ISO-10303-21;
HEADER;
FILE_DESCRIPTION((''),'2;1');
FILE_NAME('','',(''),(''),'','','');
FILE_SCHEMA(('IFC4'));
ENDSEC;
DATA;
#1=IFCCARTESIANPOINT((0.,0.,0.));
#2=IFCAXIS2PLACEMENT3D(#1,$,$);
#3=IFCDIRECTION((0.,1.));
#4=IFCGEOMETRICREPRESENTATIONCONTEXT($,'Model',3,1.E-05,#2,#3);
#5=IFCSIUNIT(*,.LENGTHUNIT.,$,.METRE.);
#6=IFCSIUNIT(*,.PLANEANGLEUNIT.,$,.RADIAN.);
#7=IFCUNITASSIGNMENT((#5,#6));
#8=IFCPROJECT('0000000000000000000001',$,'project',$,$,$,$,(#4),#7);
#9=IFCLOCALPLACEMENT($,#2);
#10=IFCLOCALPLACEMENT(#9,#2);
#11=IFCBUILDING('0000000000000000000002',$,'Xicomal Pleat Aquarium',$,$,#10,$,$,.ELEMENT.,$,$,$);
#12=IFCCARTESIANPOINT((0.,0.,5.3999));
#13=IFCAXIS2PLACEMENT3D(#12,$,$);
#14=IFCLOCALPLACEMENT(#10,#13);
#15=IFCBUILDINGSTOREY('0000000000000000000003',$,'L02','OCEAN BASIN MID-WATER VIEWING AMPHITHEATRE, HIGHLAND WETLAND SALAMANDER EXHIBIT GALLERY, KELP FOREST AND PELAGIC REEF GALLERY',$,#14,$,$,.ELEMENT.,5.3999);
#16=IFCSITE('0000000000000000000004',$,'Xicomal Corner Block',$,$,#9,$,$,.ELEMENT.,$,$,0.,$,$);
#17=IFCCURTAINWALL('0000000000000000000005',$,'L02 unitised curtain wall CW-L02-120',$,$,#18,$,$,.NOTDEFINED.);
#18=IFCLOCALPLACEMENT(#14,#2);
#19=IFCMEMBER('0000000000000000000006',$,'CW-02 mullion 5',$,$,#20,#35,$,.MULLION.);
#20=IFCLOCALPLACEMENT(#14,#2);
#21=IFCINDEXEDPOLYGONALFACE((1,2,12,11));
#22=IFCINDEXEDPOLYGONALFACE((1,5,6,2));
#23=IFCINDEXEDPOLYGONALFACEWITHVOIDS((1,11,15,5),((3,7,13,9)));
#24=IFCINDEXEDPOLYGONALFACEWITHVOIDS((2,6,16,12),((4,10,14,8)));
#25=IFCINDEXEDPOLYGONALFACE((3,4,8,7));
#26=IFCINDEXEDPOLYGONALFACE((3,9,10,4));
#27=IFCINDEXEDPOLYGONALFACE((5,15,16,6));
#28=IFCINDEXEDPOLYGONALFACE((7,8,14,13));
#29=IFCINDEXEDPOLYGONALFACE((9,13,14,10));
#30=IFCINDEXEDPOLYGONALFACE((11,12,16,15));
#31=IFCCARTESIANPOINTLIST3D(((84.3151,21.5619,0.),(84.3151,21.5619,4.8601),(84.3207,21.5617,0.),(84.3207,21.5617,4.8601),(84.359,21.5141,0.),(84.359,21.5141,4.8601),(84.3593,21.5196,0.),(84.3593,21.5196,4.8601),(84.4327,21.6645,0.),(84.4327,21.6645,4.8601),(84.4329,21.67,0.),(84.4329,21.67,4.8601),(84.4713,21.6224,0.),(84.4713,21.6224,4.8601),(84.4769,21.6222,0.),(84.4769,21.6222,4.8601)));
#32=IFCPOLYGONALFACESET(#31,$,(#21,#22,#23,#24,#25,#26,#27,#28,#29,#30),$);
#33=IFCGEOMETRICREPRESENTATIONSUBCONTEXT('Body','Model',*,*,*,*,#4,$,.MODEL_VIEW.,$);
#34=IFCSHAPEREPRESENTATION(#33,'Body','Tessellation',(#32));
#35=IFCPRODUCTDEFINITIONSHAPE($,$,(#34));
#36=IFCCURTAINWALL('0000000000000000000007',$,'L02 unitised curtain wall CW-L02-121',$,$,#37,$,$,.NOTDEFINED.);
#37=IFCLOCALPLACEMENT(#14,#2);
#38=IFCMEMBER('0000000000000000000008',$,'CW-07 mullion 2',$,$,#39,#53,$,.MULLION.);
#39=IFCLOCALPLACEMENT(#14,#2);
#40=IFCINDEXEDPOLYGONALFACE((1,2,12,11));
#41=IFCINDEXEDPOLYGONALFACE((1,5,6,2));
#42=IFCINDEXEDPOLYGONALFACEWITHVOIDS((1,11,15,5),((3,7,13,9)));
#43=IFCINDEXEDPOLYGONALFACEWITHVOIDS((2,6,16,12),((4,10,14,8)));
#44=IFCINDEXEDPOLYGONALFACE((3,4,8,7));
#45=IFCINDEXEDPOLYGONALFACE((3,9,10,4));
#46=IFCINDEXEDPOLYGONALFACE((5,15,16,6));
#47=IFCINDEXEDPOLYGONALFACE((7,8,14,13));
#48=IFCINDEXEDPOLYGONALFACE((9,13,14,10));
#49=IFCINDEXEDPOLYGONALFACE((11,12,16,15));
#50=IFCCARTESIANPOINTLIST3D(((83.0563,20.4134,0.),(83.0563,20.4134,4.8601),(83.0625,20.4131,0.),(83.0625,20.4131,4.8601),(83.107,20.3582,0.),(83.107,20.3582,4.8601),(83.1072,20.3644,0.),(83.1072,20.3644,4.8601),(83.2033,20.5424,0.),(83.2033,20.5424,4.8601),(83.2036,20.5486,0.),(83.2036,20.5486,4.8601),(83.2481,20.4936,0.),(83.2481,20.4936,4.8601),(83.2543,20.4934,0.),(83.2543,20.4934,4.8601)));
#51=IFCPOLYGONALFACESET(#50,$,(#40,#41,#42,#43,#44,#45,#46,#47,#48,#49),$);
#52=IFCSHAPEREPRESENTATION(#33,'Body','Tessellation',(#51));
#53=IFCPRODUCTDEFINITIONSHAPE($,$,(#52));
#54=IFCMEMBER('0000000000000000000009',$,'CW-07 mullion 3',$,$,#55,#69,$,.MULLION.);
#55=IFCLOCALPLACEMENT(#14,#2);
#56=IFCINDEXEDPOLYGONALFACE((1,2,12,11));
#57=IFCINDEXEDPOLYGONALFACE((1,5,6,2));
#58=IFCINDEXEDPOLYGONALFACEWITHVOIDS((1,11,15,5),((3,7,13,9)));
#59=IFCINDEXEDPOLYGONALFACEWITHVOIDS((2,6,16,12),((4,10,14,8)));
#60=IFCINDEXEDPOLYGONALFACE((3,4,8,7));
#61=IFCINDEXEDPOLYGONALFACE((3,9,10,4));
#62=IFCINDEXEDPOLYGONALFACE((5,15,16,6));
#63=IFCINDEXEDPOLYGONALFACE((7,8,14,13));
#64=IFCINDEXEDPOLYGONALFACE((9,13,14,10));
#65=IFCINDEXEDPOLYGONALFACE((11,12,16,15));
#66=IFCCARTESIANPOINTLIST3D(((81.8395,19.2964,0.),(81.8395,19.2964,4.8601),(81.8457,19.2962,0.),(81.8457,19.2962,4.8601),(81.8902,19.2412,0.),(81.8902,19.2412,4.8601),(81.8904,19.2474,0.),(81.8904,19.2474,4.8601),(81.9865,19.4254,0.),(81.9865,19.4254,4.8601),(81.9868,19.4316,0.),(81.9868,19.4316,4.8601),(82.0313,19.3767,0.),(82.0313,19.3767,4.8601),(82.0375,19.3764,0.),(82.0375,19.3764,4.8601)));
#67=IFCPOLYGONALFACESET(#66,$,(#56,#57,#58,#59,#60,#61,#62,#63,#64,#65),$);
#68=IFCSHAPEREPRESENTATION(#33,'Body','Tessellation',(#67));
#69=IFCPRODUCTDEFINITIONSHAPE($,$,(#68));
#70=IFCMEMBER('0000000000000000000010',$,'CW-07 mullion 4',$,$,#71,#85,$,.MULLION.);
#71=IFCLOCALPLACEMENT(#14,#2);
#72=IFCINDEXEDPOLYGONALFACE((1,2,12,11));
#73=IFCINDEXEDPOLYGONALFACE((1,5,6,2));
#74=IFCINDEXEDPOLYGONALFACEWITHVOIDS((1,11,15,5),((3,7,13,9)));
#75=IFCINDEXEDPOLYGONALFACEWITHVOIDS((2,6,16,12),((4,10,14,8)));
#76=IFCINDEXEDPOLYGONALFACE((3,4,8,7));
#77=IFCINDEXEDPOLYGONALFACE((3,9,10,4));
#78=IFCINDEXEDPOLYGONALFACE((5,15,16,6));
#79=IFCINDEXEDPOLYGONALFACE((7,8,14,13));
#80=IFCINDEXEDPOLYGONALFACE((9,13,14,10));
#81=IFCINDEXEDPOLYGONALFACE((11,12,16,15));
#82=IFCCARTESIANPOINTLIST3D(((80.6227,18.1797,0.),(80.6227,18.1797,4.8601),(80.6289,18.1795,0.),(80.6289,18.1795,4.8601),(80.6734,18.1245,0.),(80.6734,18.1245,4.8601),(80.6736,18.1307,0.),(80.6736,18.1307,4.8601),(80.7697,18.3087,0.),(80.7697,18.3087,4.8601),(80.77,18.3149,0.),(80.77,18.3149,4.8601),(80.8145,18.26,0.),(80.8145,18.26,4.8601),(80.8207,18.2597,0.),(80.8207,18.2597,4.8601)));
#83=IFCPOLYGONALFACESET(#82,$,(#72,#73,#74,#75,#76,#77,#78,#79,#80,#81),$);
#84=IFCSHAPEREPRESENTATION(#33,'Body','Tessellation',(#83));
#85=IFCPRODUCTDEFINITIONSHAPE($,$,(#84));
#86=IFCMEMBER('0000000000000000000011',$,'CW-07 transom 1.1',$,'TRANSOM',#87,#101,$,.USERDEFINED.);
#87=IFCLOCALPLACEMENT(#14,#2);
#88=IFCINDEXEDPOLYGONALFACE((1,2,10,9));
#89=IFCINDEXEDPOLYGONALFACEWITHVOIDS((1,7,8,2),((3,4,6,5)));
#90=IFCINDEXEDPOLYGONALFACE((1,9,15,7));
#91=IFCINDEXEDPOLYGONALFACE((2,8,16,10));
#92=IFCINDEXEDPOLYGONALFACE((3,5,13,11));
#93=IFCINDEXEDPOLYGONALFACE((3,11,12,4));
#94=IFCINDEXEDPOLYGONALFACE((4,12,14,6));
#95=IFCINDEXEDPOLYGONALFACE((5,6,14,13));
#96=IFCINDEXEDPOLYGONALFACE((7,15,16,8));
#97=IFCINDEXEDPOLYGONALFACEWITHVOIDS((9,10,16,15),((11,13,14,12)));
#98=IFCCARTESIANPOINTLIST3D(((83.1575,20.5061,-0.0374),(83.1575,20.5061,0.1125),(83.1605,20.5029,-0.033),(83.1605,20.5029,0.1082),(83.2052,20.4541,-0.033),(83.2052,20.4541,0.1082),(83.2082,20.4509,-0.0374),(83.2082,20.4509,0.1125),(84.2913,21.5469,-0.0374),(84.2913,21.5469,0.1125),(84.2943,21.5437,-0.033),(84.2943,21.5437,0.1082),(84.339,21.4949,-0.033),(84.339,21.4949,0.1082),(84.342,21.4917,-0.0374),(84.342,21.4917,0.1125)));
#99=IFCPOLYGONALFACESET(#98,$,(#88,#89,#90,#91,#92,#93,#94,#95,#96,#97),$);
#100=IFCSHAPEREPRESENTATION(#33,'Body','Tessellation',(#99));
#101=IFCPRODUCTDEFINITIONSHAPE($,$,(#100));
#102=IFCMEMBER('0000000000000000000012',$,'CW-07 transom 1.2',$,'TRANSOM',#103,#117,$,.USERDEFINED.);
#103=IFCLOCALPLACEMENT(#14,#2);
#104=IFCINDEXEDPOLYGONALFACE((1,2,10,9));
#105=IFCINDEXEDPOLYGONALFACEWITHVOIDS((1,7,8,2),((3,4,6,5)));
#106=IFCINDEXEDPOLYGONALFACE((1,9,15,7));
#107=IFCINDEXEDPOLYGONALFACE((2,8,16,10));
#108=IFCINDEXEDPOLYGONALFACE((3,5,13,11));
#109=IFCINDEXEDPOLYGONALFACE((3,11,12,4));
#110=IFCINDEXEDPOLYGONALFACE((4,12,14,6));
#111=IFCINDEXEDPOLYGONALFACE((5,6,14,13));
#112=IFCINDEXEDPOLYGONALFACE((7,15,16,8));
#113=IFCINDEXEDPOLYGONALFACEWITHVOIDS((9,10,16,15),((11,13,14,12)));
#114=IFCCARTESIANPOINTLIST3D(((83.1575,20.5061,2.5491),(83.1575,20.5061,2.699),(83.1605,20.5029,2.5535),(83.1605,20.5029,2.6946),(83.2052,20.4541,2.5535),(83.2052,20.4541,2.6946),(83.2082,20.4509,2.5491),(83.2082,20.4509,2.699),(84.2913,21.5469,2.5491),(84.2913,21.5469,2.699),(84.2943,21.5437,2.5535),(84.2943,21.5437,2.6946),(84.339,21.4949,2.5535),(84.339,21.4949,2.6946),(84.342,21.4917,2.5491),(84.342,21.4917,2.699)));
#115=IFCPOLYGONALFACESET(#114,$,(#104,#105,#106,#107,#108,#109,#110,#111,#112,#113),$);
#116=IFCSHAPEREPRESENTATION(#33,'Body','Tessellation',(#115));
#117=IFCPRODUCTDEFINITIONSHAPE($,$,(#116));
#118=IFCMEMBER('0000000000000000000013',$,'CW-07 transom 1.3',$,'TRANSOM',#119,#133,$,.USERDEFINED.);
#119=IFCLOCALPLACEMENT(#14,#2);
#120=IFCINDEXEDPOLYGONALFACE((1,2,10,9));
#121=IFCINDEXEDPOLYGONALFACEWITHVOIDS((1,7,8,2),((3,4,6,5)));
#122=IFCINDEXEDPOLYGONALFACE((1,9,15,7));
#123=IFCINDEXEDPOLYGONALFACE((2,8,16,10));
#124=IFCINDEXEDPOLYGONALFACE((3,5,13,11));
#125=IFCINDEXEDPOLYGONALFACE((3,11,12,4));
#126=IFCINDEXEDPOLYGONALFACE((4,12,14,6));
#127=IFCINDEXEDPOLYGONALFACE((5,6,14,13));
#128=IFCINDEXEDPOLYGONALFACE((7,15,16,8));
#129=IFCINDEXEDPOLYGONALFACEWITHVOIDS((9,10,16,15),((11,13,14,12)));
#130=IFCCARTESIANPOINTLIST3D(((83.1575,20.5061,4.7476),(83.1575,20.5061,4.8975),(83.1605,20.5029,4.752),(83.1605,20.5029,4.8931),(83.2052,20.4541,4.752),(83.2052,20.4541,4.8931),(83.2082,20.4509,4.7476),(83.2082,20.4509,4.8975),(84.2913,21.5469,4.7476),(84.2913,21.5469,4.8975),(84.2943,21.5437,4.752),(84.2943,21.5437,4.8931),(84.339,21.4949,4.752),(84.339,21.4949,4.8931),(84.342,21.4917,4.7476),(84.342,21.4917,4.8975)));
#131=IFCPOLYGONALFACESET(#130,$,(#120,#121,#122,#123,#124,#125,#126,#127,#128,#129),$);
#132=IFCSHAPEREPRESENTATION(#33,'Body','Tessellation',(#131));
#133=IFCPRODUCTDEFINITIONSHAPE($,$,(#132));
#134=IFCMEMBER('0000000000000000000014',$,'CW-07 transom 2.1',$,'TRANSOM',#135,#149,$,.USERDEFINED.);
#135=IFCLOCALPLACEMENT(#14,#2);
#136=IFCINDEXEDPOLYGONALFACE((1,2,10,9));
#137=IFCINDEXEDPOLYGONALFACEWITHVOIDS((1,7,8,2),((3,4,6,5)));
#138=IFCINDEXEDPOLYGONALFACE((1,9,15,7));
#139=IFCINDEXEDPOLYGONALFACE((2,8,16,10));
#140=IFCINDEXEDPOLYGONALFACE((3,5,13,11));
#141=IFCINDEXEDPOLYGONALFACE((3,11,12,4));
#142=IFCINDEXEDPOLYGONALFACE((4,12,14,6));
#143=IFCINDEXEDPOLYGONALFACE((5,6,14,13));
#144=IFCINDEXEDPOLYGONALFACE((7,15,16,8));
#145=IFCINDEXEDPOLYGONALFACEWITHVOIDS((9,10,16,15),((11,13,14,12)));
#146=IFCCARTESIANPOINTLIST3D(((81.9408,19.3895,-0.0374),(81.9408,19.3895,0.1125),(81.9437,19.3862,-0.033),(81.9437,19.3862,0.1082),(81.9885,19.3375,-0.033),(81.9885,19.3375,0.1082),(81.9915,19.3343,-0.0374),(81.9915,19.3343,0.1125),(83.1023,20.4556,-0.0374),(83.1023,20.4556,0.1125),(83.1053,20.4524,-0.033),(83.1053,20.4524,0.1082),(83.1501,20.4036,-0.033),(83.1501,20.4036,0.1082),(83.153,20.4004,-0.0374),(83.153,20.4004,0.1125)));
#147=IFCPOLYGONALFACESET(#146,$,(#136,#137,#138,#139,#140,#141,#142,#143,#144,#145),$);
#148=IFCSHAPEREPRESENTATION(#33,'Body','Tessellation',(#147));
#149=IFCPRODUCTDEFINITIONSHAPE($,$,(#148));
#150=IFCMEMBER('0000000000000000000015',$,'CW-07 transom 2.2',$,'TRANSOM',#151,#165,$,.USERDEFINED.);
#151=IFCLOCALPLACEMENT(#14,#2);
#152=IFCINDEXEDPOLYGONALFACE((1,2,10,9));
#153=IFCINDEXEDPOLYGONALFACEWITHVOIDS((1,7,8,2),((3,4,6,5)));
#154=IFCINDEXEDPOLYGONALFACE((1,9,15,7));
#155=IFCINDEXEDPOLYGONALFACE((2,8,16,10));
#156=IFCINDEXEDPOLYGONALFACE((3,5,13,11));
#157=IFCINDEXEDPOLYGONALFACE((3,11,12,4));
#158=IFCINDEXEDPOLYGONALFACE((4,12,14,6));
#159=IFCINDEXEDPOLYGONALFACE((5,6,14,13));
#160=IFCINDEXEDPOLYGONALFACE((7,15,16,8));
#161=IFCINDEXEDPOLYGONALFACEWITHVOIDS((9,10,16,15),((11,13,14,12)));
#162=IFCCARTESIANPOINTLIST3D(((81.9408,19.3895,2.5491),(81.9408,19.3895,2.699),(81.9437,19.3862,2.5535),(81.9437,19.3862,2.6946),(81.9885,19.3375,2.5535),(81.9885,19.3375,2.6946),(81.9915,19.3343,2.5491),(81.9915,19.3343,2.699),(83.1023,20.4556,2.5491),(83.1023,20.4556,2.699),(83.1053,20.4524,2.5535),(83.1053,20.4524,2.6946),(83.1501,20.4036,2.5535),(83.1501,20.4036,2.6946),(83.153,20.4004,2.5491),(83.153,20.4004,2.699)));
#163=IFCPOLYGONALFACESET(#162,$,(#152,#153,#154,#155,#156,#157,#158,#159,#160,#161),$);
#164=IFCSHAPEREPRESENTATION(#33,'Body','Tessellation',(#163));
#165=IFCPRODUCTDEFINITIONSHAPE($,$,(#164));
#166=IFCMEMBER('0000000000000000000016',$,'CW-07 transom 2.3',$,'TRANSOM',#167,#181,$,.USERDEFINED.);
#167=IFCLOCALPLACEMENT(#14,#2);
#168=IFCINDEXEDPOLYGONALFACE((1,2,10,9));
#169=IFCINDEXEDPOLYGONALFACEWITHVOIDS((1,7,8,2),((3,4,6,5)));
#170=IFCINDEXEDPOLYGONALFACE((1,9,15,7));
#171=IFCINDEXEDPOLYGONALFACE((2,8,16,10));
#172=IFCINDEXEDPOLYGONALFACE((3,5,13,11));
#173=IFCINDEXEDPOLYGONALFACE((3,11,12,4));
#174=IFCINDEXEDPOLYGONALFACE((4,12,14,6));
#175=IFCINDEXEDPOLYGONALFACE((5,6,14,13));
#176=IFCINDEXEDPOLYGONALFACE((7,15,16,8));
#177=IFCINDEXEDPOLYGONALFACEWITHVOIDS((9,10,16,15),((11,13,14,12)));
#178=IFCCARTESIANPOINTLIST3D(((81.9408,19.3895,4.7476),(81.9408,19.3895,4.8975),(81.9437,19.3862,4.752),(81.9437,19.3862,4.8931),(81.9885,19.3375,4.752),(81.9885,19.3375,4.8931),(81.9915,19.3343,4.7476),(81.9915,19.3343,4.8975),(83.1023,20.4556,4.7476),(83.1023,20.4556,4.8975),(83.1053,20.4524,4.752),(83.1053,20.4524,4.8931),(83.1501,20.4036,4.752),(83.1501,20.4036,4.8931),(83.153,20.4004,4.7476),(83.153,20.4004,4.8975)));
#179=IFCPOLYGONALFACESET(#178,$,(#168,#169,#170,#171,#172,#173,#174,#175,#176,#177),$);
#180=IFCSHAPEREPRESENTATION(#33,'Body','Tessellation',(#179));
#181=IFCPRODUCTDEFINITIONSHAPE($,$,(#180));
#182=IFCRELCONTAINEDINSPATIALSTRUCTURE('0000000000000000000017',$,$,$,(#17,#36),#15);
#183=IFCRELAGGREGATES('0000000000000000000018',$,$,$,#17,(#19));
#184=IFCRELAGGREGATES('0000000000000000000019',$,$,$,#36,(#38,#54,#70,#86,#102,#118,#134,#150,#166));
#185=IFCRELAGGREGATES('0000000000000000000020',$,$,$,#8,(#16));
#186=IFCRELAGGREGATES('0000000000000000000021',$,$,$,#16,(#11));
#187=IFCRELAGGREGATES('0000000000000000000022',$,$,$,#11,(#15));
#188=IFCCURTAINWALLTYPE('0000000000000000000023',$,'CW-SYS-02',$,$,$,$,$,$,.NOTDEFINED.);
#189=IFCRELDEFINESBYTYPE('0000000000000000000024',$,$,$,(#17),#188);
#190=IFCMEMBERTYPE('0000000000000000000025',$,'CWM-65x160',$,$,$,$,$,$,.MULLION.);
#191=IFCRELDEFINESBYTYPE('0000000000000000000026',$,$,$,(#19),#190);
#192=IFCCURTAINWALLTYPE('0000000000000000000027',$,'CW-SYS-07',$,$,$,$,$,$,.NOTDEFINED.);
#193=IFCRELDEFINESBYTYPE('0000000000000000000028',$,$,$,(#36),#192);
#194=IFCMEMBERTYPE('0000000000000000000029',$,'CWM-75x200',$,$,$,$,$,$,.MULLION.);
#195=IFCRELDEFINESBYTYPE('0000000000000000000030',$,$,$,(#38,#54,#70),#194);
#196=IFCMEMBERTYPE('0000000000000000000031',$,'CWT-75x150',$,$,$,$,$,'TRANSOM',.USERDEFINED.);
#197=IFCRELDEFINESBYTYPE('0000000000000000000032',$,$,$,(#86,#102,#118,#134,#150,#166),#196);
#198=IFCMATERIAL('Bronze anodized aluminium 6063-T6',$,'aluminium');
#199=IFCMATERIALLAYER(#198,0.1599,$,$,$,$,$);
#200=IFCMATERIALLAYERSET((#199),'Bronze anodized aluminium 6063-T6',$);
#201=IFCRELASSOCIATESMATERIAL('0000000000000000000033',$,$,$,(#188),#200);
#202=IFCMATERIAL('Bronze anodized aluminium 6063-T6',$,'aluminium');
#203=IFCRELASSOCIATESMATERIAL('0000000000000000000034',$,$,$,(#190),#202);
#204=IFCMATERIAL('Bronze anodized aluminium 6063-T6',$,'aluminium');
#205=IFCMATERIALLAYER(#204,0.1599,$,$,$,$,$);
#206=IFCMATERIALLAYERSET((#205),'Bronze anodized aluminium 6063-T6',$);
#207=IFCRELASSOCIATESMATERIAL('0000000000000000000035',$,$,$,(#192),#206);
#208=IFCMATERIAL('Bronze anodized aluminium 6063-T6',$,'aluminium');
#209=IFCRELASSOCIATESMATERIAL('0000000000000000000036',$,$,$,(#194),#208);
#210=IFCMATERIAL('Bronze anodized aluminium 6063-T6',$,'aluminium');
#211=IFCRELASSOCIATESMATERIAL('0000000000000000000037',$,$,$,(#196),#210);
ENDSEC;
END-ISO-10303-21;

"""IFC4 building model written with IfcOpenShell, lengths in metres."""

from ifc_helpers import new_model, si_unit, direction, frame, origin, origin_2d, place, context, subcontext, project, spatial, hollow_rectangle, extrude, material, layer, layer_set, material_profile, profile_set, type_object, element, aggregate, save


model = new_model("IFC4")

# Units and contexts
model_context = context("Model", 3, precision=1e-05, world=origin(), true_north=direction((0.0, 1.0)))
body_context = subcontext(model_context, "Body", "Model", "MODEL_VIEW")
ifc_project = project(units=[si_unit("LENGTHUNIT", "METRE"), si_unit("PLANEANGLEUNIT", "RADIAN")], contexts=[model_context])

# Site, building, storey
site_placement = place(None, origin())
site = spatial("IfcSite", under=ifc_project, at=site_placement, Name="Xicomal Corner Block", CompositionType="ELEMENT", RefElevation=0.0)
building_placement = place(site_placement, origin())
building = spatial("IfcBuilding", under=site, at=building_placement, Name="Xicomal Pleat Aquarium", CompositionType="ELEMENT")
storey_placement = place(building_placement, frame((0.0, 0.0, 5.3999)))
storey = spatial("IfcBuildingStorey", under=building, at=storey_placement, Name="L02", Description="OCEAN BASIN MID-WATER VIEWING AMPHITHEATRE, HIGHLAND WETLAND SALAMANDER EXHIBIT GALLERY, KELP FOREST AND PELAGIC REEF GALLERY", CompositionType="ELEMENT", Elevation=5.3999)

# Curtain wall, member
ifc_material_1 = material(Name="Bronze anodized aluminium 6063-T6", Category="aluminium")
ifc_layer_1 = layer(ifc_material_1, 0.1599)
ifc_layer_set_1 = layer_set([ifc_layer_1], Name="Bronze anodized aluminium 6063-T6")
curtain_wall_type_1 = type_object("IfcCurtainWallType", Name="CW-SYS-02", PredefinedType="NOTDEFINED", material=ifc_layer_set_1)
curtain_wall_1_placement = place(storey_placement, origin())
curtain_wall_1 = element("IfcCurtainWall", 1, at=curtain_wall_1_placement, inside=storey, type_object=curtain_wall_type_1, Name="L02 unitised curtain wall CW-L02-120", PredefinedType="NOTDEFINED")
ifc_material_2 = material(Name="Bronze anodized aluminium 6063-T6", Category="aluminium")
ifc_material_profile_1 = material_profile(ifc_material_2, hollow_rectangle(XDim=0.0649, YDim=0.1599, WallThickness=0.0039, at=origin_2d()), Name="ALU MULL 65x160")
ifc_profile_set_1 = profile_set([ifc_material_profile_1], Name="Bronze anodized aluminium 6063-T6")
member_type_1 = type_object("IfcMemberType", Name="CWM-65x160", PredefinedType="MULLION", material=ifc_profile_set_1)
member_1_placement = place(storey_placement, frame((84.396, 21.592, 0.0), z_axis=(0.0, 0.0, 1.0), x_axis=(0.676177, -0.736739, 0.0)))
member_1 = element("IfcMember", 2, at=member_1_placement, type_object=member_type_1, Name="CW-02 mullion 5", PredefinedType="MULLION", context=body_context, shape_type="SweptSolid", body=[
    extrude(hollow_rectangle(XDim=0.0649, YDim=0.1599, WallThickness=0.0039, at=origin_2d()), origin(), (0.0, 0.0, 1.0), 4.8601),
])
aggregate(curtain_wall_1, [member_1])

# Curtain wall, members
ifc_material_3 = material(Name="Bronze anodized aluminium 6063-T6", Category="aluminium")
ifc_layer_2 = layer(ifc_material_3, 0.1599)
ifc_layer_set_2 = layer_set([ifc_layer_2], Name="Bronze anodized aluminium 6063-T6")
curtain_wall_type_2 = type_object("IfcCurtainWallType", Name="CW-SYS-07", PredefinedType="NOTDEFINED", material=ifc_layer_set_2)
curtain_wall_2_placement = place(storey_placement, origin())
curtain_wall_2 = element("IfcCurtainWall", 3, at=curtain_wall_2_placement, inside=storey, type_object=curtain_wall_type_2, Name="L02 unitised curtain wall CW-L02-121", PredefinedType="NOTDEFINED")
ifc_material_4 = material(Name="Bronze anodized aluminium 6063-T6", Category="aluminium")
ifc_material_profile_2 = material_profile(ifc_material_4, hollow_rectangle(XDim=0.075, YDim=0.2, WallThickness=0.0044, at=origin_2d()), Name="ALU MULL 75x200")
ifc_profile_set_2 = profile_set([ifc_material_profile_2], Name="Bronze anodized aluminium 6063-T6")
member_type_2 = type_object("IfcMemberType", Name="CWM-75x200", PredefinedType="MULLION", material=ifc_profile_set_2)
member_2_placement = place(storey_placement, frame((83.1553, 20.4534, 0.0), z_axis=(0.0, 0.0, 1.0), x_axis=(0.676184, -0.736733, 0.0)))
member_2 = element("IfcMember", 4, at=member_2_placement, type_object=member_type_2, Name="CW-07 mullion 2", PredefinedType="MULLION", context=body_context, shape_type="SweptSolid", body=[
    extrude(hollow_rectangle(XDim=0.075, YDim=0.2, WallThickness=0.0044, at=origin_2d()), origin(), (0.0, 0.0, 1.0), 4.8601),
])
member_3_placement = place(storey_placement, frame((81.9385, 19.3364, 0.0), z_axis=(0.0, 0.0, 1.0), x_axis=(0.676184, -0.736733, 0.0)))
member_3 = element("IfcMember", 5, at=member_3_placement, type_object=member_type_2, Name="CW-07 mullion 3", PredefinedType="MULLION", context=body_context, shape_type="SweptSolid", body=[
    extrude(hollow_rectangle(XDim=0.075, YDim=0.2, WallThickness=0.0044, at=origin_2d()), origin(), (0.0, 0.0, 1.0), 4.8601),
])
member_4_placement = place(storey_placement, frame((80.7217, 18.2197, 0.0), z_axis=(0.0, 0.0, 1.0), x_axis=(0.676184, -0.736733, 0.0)))
member_4 = element("IfcMember", 6, at=member_4_placement, type_object=member_type_2, Name="CW-07 mullion 4", PredefinedType="MULLION", context=body_context, shape_type="SweptSolid", body=[
    extrude(hollow_rectangle(XDim=0.075, YDim=0.2, WallThickness=0.0044, at=origin_2d()), origin(), (0.0, 0.0, 1.0), 4.8601),
])
ifc_material_5 = material(Name="Bronze anodized aluminium 6063-T6", Category="aluminium")
ifc_material_profile_3 = material_profile(ifc_material_5, hollow_rectangle(XDim=0.075, YDim=0.1499, WallThickness=0.0044, at=origin_2d()), Name="ALU TRAN 75x150")
ifc_profile_set_3 = profile_set([ifc_material_profile_3], Name="Bronze anodized aluminium 6063-T6")
member_type_3 = type_object("IfcMemberType", Name="CWT-75x150", ElementType="TRANSOM", PredefinedType="USERDEFINED", material=ifc_profile_set_3)
member_5_placement = place(storey_placement, frame((84.3167, 21.5193, 0.0376), z_axis=(-0.73668, -0.676242, 0.0), x_axis=(0.676242, -0.73668, 0.0)))
member_5 = element("IfcMember", 7, at=member_5_placement, type_object=member_type_3, Name="CW-07 transom 1.1", ObjectType="TRANSOM", PredefinedType="USERDEFINED", context=body_context, shape_type="SweptSolid", body=[
    extrude(hollow_rectangle(XDim=0.075, YDim=0.1499, WallThickness=0.0044, at=origin_2d()), origin(), (0.0, 0.0, 1.0), 1.5391),
])
member_6_placement = place(storey_placement, frame((84.3167, 21.5193, 2.624), z_axis=(-0.73668, -0.676242, 0.0), x_axis=(0.676242, -0.73668, 0.0)))
member_6 = element("IfcMember", 8, at=member_6_placement, type_object=member_type_3, Name="CW-07 transom 1.2", ObjectType="TRANSOM", PredefinedType="USERDEFINED", context=body_context, shape_type="SweptSolid", body=[
    extrude(hollow_rectangle(XDim=0.075, YDim=0.1499, WallThickness=0.0044, at=origin_2d()), origin(), (0.0, 0.0, 1.0), 1.5391),
])
member_7_placement = place(storey_placement, frame((84.3167, 21.5193, 4.8225), z_axis=(-0.73668, -0.676242, 0.0), x_axis=(0.676242, -0.73668, 0.0)))
member_7 = element("IfcMember", 9, at=member_7_placement, type_object=member_type_3, Name="CW-07 transom 1.3", ObjectType="TRANSOM", PredefinedType="USERDEFINED", context=body_context, shape_type="SweptSolid", body=[
    extrude(hollow_rectangle(XDim=0.075, YDim=0.1499, WallThickness=0.0044, at=origin_2d()), origin(), (0.0, 0.0, 1.0), 1.5391),
])
member_8_placement = place(storey_placement, frame((83.1277, 20.428, 0.0376), z_axis=(-0.73673, -0.676187, 0.0), x_axis=(0.676187, -0.73673, 0.0)))
member_8 = element("IfcMember", 10, at=member_8_placement, type_object=member_type_3, Name="CW-07 transom 2.1", ObjectType="TRANSOM", PredefinedType="USERDEFINED", context=body_context, shape_type="SweptSolid", body=[
    extrude(hollow_rectangle(XDim=0.075, YDim=0.1499, WallThickness=0.0044, at=origin_2d()), origin(), (0.0, 0.0, 1.0), 1.5767),
])
member_9_placement = place(storey_placement, frame((83.1277, 20.428, 2.624), z_axis=(-0.73673, -0.676187, 0.0), x_axis=(0.676187, -0.73673, 0.0)))
member_9 = element("IfcMember", 11, at=member_9_placement, type_object=member_type_3, Name="CW-07 transom 2.2", ObjectType="TRANSOM", PredefinedType="USERDEFINED", context=body_context, shape_type="SweptSolid", body=[
    extrude(hollow_rectangle(XDim=0.075, YDim=0.1499, WallThickness=0.0044, at=origin_2d()), origin(), (0.0, 0.0, 1.0), 1.5767),
])
member_10_placement = place(storey_placement, frame((83.1277, 20.428, 4.8225), z_axis=(-0.73673, -0.676187, 0.0), x_axis=(0.676187, -0.73673, 0.0)))
member_10 = element("IfcMember", 12, at=member_10_placement, type_object=member_type_3, Name="CW-07 transom 2.3", ObjectType="TRANSOM", PredefinedType="USERDEFINED", context=body_context, shape_type="SweptSolid", body=[
    extrude(hollow_rectangle(XDim=0.075, YDim=0.1499, WallThickness=0.0044, at=origin_2d()), origin(), (0.0, 0.0, 1.0), 1.5767),
])
aggregate(curtain_wall_2, [member_2, member_3, member_4, member_5, member_6, member_7, member_8, member_9, member_10])

save(model, "model.ifc")
